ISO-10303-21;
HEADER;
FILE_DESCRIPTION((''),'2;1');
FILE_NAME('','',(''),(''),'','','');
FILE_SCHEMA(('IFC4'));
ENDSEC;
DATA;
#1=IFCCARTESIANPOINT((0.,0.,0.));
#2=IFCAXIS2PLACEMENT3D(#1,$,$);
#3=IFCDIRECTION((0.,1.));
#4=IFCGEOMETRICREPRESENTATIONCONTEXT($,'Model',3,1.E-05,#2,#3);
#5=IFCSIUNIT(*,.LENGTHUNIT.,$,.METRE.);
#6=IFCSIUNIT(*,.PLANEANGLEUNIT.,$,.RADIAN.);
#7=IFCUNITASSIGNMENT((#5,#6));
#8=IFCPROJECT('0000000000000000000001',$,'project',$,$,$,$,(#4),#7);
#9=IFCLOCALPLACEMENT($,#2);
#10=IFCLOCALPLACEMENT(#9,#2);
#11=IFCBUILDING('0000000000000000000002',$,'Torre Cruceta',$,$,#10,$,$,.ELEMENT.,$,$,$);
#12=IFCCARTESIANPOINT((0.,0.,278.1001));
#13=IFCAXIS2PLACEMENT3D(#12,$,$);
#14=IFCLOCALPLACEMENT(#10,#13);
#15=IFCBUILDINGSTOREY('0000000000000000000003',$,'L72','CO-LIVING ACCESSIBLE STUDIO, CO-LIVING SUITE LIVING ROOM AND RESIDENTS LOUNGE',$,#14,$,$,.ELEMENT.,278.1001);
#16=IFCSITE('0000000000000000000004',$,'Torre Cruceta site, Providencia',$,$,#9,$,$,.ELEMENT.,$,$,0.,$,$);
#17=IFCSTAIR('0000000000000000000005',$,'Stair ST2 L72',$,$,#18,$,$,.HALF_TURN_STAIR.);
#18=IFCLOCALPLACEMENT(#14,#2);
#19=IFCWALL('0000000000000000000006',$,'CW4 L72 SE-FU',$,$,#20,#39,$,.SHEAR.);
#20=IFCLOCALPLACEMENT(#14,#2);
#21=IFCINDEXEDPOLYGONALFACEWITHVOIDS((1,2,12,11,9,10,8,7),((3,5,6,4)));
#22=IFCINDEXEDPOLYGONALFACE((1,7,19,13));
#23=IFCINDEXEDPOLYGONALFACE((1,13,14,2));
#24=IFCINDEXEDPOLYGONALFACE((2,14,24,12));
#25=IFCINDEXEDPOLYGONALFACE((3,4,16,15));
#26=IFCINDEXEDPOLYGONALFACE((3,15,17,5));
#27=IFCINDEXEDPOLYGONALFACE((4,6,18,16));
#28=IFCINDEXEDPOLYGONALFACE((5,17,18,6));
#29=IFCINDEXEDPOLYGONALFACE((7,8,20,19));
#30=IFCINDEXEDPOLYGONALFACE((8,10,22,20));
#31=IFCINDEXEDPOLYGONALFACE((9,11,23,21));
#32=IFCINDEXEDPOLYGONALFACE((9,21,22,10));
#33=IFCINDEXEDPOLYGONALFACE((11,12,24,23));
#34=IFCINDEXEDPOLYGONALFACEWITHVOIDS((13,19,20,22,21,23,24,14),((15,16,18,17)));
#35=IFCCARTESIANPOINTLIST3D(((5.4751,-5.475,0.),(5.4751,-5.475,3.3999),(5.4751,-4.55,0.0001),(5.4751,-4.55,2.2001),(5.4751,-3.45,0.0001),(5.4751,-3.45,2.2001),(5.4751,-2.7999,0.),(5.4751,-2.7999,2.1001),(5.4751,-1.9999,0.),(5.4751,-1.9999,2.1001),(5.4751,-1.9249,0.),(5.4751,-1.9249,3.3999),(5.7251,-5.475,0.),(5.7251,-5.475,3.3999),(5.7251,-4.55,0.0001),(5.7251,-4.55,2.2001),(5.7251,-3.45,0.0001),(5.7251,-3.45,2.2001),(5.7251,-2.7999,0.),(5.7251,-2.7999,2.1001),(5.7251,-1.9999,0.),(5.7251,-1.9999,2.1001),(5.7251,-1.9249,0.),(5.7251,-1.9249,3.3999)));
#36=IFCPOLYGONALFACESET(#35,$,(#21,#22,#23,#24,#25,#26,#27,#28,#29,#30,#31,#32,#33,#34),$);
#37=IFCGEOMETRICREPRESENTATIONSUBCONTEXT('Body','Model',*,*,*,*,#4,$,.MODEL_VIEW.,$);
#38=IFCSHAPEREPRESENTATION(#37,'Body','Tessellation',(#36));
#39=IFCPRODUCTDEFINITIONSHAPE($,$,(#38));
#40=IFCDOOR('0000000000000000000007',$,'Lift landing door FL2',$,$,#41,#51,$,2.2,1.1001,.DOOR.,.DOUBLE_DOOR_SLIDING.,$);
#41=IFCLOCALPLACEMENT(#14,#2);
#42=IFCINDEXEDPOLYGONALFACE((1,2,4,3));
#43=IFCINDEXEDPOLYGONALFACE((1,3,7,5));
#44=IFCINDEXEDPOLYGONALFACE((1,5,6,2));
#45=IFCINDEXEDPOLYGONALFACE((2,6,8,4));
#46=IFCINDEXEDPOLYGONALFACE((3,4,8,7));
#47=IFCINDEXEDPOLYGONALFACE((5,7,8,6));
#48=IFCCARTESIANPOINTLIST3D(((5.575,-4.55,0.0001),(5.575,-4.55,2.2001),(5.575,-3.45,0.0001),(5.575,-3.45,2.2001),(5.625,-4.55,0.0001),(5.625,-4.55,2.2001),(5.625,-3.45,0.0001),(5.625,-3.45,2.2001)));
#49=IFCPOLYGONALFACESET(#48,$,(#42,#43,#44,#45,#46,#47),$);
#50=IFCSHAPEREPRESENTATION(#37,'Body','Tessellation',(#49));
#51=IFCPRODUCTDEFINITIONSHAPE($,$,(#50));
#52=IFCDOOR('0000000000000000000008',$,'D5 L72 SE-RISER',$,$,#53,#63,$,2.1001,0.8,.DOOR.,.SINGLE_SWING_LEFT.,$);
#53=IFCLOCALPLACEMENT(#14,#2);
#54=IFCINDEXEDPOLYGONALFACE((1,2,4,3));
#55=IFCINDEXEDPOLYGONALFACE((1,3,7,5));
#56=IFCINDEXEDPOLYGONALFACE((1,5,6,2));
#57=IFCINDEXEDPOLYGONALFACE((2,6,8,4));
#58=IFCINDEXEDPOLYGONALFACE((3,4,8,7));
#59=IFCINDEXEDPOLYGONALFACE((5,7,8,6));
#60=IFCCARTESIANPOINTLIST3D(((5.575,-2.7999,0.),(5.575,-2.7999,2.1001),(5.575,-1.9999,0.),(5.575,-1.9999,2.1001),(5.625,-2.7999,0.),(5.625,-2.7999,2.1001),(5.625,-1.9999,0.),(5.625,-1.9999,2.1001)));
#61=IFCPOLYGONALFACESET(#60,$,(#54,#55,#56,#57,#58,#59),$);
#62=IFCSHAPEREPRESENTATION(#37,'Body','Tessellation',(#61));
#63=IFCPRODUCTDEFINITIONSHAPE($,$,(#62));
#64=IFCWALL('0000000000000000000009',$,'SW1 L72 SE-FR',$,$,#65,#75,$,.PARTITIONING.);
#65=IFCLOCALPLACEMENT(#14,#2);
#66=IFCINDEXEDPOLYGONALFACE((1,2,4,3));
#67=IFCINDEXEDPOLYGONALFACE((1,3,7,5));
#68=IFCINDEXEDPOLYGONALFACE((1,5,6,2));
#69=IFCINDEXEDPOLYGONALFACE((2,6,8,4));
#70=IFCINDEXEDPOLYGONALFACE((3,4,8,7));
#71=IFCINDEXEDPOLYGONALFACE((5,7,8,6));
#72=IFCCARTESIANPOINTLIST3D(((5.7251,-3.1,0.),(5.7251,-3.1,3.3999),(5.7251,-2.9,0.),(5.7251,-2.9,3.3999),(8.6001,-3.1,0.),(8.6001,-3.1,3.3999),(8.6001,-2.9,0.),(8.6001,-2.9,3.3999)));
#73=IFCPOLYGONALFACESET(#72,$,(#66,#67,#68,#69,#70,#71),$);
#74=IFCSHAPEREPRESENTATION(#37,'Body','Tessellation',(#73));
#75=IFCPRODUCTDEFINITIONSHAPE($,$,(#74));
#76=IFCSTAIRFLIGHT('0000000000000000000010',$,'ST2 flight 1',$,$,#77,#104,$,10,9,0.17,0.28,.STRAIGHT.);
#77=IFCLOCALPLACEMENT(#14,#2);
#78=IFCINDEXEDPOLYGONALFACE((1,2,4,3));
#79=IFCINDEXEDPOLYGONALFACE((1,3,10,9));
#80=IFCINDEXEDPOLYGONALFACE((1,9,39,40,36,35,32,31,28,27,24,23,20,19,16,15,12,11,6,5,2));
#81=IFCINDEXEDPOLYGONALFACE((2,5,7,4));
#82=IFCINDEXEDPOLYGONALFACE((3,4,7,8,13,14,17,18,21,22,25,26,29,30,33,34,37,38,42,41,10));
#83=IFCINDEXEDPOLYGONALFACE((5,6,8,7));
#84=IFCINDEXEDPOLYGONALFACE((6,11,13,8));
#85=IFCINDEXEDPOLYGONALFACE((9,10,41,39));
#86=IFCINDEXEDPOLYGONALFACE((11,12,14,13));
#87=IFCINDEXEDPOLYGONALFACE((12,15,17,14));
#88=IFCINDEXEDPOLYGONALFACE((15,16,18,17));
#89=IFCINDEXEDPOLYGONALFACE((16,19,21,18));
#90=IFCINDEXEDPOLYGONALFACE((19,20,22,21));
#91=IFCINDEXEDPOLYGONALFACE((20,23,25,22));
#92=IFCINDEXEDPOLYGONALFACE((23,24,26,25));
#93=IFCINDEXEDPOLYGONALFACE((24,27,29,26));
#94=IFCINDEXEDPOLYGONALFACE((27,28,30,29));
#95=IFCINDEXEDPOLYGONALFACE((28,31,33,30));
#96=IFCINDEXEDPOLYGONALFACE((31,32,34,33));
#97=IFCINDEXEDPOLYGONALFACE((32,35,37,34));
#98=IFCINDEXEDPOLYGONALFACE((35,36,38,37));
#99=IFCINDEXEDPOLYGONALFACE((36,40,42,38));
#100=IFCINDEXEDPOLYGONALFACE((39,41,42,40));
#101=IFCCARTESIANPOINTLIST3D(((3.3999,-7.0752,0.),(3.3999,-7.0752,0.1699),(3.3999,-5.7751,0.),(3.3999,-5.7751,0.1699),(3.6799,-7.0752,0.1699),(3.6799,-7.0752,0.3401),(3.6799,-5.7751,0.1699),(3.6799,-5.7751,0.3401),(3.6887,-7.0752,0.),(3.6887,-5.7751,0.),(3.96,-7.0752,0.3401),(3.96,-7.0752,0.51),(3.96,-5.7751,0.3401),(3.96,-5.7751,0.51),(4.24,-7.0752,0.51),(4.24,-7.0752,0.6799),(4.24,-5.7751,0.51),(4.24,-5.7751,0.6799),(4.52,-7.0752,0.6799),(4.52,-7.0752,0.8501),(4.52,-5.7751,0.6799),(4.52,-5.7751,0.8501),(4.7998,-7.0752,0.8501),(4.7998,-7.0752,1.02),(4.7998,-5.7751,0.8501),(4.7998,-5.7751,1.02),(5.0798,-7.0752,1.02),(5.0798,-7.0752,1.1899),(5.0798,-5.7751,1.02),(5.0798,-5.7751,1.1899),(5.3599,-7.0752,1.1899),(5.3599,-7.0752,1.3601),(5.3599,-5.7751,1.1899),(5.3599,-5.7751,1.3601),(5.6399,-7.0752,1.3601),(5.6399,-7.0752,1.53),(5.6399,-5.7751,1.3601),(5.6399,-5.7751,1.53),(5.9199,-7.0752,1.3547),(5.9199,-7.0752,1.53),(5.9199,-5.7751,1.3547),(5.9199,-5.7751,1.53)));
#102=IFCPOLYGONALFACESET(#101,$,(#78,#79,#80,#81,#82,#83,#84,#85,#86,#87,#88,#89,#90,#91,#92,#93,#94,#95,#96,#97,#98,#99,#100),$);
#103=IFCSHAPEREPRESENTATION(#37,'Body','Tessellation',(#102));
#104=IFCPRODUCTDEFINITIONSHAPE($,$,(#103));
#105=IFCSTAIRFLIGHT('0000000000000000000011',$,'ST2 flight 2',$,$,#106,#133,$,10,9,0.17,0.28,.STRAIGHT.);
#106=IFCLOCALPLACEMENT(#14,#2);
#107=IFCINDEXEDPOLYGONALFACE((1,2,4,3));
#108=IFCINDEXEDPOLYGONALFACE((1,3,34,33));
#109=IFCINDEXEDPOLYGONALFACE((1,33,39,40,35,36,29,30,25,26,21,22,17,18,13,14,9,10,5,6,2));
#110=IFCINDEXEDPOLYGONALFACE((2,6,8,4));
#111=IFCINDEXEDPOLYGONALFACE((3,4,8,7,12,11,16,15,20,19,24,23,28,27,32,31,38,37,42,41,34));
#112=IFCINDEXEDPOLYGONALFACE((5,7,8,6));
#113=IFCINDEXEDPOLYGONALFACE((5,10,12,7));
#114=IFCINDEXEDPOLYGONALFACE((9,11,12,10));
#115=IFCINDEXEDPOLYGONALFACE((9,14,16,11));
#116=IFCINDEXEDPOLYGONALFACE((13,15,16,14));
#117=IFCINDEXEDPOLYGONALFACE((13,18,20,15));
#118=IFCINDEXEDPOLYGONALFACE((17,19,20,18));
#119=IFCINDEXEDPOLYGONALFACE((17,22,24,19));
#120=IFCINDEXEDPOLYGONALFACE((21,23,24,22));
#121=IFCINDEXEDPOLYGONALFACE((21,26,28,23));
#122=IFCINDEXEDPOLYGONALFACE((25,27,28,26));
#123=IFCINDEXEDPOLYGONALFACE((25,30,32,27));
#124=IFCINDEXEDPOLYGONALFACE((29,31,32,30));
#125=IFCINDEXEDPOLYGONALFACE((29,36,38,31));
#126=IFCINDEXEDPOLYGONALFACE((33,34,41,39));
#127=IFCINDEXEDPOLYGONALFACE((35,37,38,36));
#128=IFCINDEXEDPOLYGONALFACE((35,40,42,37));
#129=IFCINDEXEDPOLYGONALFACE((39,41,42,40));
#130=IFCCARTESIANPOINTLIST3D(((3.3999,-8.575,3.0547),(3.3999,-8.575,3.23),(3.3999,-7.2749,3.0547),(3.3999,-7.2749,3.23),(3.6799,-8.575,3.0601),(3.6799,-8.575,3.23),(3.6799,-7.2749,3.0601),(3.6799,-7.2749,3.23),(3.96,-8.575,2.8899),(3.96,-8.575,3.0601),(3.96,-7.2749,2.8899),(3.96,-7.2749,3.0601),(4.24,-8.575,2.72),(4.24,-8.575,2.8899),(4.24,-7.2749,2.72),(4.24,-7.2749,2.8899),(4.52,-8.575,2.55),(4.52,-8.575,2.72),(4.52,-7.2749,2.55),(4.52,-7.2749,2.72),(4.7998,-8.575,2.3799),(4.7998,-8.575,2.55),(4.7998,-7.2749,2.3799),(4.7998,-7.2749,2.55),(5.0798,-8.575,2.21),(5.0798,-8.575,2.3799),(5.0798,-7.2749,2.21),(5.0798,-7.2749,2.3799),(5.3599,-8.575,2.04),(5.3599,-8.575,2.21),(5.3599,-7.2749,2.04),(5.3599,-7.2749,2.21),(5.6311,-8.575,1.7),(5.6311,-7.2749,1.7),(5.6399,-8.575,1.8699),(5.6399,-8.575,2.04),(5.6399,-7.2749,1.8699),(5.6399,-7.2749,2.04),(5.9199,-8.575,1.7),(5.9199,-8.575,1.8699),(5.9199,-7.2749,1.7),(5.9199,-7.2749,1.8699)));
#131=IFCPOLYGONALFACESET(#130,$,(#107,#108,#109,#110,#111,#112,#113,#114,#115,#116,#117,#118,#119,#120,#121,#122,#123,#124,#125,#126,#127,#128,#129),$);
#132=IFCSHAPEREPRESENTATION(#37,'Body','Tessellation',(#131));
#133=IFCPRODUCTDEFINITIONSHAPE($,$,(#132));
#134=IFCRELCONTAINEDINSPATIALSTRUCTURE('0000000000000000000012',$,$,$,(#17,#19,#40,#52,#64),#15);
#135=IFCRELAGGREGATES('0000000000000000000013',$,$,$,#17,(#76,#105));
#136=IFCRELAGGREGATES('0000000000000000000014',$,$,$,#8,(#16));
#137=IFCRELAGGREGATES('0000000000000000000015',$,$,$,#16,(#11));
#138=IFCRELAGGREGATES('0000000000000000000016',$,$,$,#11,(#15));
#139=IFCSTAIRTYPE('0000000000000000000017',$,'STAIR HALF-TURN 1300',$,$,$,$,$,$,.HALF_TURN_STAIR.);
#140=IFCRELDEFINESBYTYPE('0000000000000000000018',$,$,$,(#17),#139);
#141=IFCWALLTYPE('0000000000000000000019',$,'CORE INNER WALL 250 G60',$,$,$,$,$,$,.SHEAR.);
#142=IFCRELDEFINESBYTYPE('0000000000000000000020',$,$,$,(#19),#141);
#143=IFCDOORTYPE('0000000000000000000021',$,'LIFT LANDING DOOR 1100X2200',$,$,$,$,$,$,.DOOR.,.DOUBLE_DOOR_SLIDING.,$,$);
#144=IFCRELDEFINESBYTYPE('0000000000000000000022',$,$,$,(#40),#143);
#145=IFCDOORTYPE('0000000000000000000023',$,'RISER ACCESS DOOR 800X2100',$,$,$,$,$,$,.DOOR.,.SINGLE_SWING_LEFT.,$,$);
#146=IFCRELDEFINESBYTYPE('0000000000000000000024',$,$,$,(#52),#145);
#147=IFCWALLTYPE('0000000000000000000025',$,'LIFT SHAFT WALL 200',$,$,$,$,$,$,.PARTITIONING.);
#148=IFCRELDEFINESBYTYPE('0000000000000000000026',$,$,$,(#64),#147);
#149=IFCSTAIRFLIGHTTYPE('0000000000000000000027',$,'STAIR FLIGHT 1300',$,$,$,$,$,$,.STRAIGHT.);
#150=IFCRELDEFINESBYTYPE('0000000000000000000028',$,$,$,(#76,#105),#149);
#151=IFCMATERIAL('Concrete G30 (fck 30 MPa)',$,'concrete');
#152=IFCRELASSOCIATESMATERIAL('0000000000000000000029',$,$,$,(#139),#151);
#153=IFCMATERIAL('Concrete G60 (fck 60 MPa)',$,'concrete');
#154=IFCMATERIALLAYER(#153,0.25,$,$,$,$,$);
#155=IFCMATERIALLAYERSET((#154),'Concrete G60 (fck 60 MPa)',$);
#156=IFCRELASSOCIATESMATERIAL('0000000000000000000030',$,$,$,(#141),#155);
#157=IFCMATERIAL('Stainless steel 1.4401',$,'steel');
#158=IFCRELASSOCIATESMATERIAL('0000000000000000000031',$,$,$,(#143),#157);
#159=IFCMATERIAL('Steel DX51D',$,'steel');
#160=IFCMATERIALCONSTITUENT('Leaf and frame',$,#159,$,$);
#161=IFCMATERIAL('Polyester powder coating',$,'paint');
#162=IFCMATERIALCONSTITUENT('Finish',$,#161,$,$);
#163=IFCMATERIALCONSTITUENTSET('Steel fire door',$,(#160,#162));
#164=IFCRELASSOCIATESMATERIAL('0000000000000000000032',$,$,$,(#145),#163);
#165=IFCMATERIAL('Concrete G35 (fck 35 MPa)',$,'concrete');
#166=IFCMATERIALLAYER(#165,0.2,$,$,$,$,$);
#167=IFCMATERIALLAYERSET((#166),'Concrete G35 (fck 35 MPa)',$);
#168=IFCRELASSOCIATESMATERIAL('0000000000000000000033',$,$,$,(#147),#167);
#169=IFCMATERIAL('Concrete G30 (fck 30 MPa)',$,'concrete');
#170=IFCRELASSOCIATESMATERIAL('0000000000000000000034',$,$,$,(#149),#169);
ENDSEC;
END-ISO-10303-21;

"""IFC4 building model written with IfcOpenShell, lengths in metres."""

from ifc_helpers import new_model, si_unit, direction, frame, frame_2d, origin, place, context, subcontext, project, spatial, polyline, rectangle, outline, extrude, material, layer, layer_set, constituent, constituent_set, type_object, element, fill, aggregate, save


model = new_model("IFC4")

# Units and contexts
model_context = context("Model", 3, precision=1e-05, world=origin(), true_north=direction((0.0, 1.0)))
body_context = subcontext(model_context, "Body", "Model", "MODEL_VIEW")
ifc_project = project(units=[si_unit("LENGTHUNIT", "METRE"), si_unit("PLANEANGLEUNIT", "RADIAN")], contexts=[model_context])

# Site, building, storey
site_placement = place(None, origin())
site = spatial("IfcSite", under=ifc_project, at=site_placement, Name="Torre Cruceta site, Providencia", CompositionType="ELEMENT", RefElevation=0.0)
building_placement = place(site_placement, origin())
building = spatial("IfcBuilding", under=site, at=building_placement, Name="Torre Cruceta", CompositionType="ELEMENT")
storey_placement = place(building_placement, frame((0.0, 0.0, 278.1001)))
storey = spatial("IfcBuildingStorey", under=building, at=storey_placement, Name="L72", Description="CO-LIVING ACCESSIBLE STUDIO, CO-LIVING SUITE LIVING ROOM AND RESIDENTS LOUNGE", CompositionType="ELEMENT", Elevation=278.1001)

# Stair
ifc_material_1 = material(Name="Concrete G30 (fck 30 MPa)", Category="concrete")
stair_type = type_object("IfcStairType", Name="STAIR HALF-TURN 1300", PredefinedType="HALF_TURN_STAIR", material=ifc_material_1)
stair_placement = place(storey_placement, origin())
stair = element("IfcStair", 1, at=stair_placement, inside=storey, type_object=stair_type, Name="Stair ST2 L72", PredefinedType="HALF_TURN_STAIR")

# Shared definitions
ifc_material_2 = material(Name="Concrete G60 (fck 60 MPa)", Category="concrete")
ifc_layer_1 = layer(ifc_material_2, 0.25)
ifc_layer_set_1 = layer_set([ifc_layer_1], Name="Concrete G60 (fck 60 MPa)")
wall_type_1 = type_object("IfcWallType", Name="CORE INNER WALL 250 G60", PredefinedType="SHEAR", material=ifc_layer_set_1)

# Wall, openings, doors
wall_1_placement = place(storey_placement, frame((5.6001, -1.925, 0.0), z_axis=(0.0, 0.0, 1.0), x_axis=(0.0, -1.0, 0.0)))
wall_1 = element("IfcWall", 2, at=wall_1_placement, inside=storey, type_object=wall_type_1, Name="CW4 L72 SE-FU", PredefinedType="SHEAR", context=body_context, shape_type="SweptSolid", body=[
    extrude(rectangle(XDim=3.55, YDim=0.25, at=frame_2d((1.7749, 0.0))), origin(), (0.0, 0.0, 1.0), 3.3999),
])
opening_1_placement = place(wall_1_placement, frame((1.5249, 0.0, 0.0)))
opening_1 = element("IfcOpeningElement", 3, at=opening_1_placement, cuts=wall_1, PredefinedType="OPENING", context=body_context, shape_type="SweptSolid", body=[
    extrude(rectangle(XDim=1.1001, YDim=2.2, at=frame_2d((0.55, 1.1001))), frame((0.0, 0.135, 0.0), z_axis=(0.0, -1.0, 0.0), x_axis=(1.0, 0.0, 0.0)), (0.0, 0.0, 1.0), 0.27),
])
opening_2_placement = place(wall_1_placement, frame((0.075, 0.0, 0.0)))
opening_2 = element("IfcOpeningElement", 4, at=opening_2_placement, cuts=wall_1, PredefinedType="OPENING", context=body_context, shape_type="SweptSolid", body=[
    extrude(rectangle(XDim=0.8, YDim=2.1001, at=frame_2d((0.3999, 1.05))), frame((0.0, 0.135, 0.0), z_axis=(0.0, -1.0, 0.0), x_axis=(1.0, 0.0, 0.0)), (0.0, 0.0, 1.0), 0.27),
])
ifc_material_3 = material(Name="Stainless steel 1.4401", Category="steel")
door_type_1 = type_object("IfcDoorType", Name="LIFT LANDING DOOR 1100X2200", OperationType="DOUBLE_DOOR_SLIDING", PredefinedType="DOOR", material=ifc_material_3)
door_1_placement = place(opening_1_placement, origin())
door_1 = element("IfcDoor", 5, at=door_1_placement, inside=storey, type_object=door_type_1, Name="Lift landing door FL2", OperationType="DOUBLE_DOOR_SLIDING", OverallHeight=2.2, OverallWidth=1.1001, PredefinedType="DOOR", context=body_context, shape_type="SweptSolid", body=[
    extrude(rectangle(XDim=1.1001, YDim=2.2, at=frame_2d((0.55, 1.1001))), frame((0.0, 0.0249, 0.0), z_axis=(0.0, -1.0, 0.0), x_axis=(1.0, 0.0, 0.0)), (0.0, 0.0, 1.0), 0.05),
])
fill(opening_1, door_1)
ifc_material_4 = material(Name="Steel DX51D", Category="steel")
ifc_constituent_1 = constituent(ifc_material_4, Name="Leaf and frame")
ifc_material_5 = material(Name="Polyester powder coating", Category="paint")
ifc_constituent_2 = constituent(ifc_material_5, Name="Finish")
ifc_constituent_set_1 = constituent_set(constituents=[ifc_constituent_1, ifc_constituent_2], Name="Steel fire door")
door_type_2 = type_object("IfcDoorType", Name="RISER ACCESS DOOR 800X2100", OperationType="SINGLE_SWING_LEFT", PredefinedType="DOOR", material=ifc_constituent_set_1)
door_2_placement = place(opening_2_placement, origin())
door_2 = element("IfcDoor", 6, at=door_2_placement, inside=storey, type_object=door_type_2, Name="D5 L72 SE-RISER", OperationType="SINGLE_SWING_LEFT", OverallHeight=2.1001, OverallWidth=0.8, PredefinedType="DOOR", context=body_context, shape_type="SweptSolid", body=[
    extrude(rectangle(XDim=0.8, YDim=2.1001, at=frame_2d((0.3999, 1.05))), frame((0.0, 0.0249, 0.0), z_axis=(0.0, -1.0, 0.0), x_axis=(1.0, 0.0, 0.0)), (0.0, 0.0, 1.0), 0.05),
])
fill(opening_2, door_2)

# Wall
ifc_material_6 = material(Name="Concrete G35 (fck 35 MPa)", Category="concrete")
ifc_layer_2 = layer(ifc_material_6, 0.2)
ifc_layer_set_2 = layer_set([ifc_layer_2], Name="Concrete G35 (fck 35 MPa)")
wall_type_2 = type_object("IfcWallType", Name="LIFT SHAFT WALL 200", PredefinedType="PARTITIONING", material=ifc_layer_set_2)
wall_2_placement = place(storey_placement, frame((5.7251, -3.0, 0.0), z_axis=(0.0, 0.0, 1.0), x_axis=(1.0, 0.0, 0.0)))
element("IfcWall", 7, at=wall_2_placement, inside=storey, type_object=wall_type_2, Name="SW1 L72 SE-FR", PredefinedType="PARTITIONING", context=body_context, shape_type="SweptSolid", body=[
    extrude(rectangle(XDim=2.875, YDim=0.2, at=frame_2d((1.4375, 0.0))), origin(), (0.0, 0.0, 1.0), 3.3999),
])

# Stair flights
ifc_material_7 = material(Name="Concrete G30 (fck 30 MPa)", Category="concrete")
stair_flight_type = type_object("IfcStairFlightType", Name="STAIR FLIGHT 1300", PredefinedType="STRAIGHT", material=ifc_material_7)
stair_flight_1_placement = place(storey_placement, frame((3.3999, -6.425, 0.0), z_axis=(0.0, 0.0, 1.0), x_axis=(1.0, 0.0, 0.0)))
stair_flight_1 = element("IfcStairFlight", 8, at=stair_flight_1_placement, type_object=stair_flight_type, Name="ST2 flight 1", NumberOfRisers=10, NumberOfTreads=9, PredefinedType="STRAIGHT", RiserHeight=0.17, TreadLength=0.28, context=body_context, shape_type="SweptSolid", body=[
    extrude(outline(polyline([(0.0, 0.0), (0.0, 0.1699), (0.28, 0.1699), (0.28, 0.3401), (0.5601, 0.3401), (0.5601, 0.51), (0.8401, 0.51), (0.8401, 0.6799), (1.1201, 0.6799), (1.1201, 0.8501), (1.3999, 0.8501), (1.3999, 1.02), (1.6799, 1.02), (1.6799, 1.1899), (1.96, 1.1899), (1.96, 1.3601), (2.24, 1.3601), (2.24, 1.53), (2.52, 1.53), (2.52, 1.7), (2.52, 1.3547), (0.2888, 0.0), (0.0, 0.0)])), frame((0.0, 0.6499, 0.0), z_axis=(0.0, -1.0, 0.0), x_axis=(1.0, 0.0, 0.0)), (0.0, 0.0, 1.0), 1.3),
])
stair_flight_2_placement = place(storey_placement, frame((5.9199, -7.925, 1.7), z_axis=(0.0, 0.0, 1.0), x_axis=(-1.0, 0.0, 0.0)))
stair_flight_2 = element("IfcStairFlight", 9, at=stair_flight_2_placement, type_object=stair_flight_type, Name="ST2 flight 2", NumberOfRisers=10, NumberOfTreads=9, PredefinedType="STRAIGHT", RiserHeight=0.17, TreadLength=0.28, context=body_context, shape_type="SweptSolid", body=[
    extrude(outline(polyline([(0.0, 0.0), (0.0, 0.1699), (0.28, 0.1699), (0.28, 0.3401), (0.5601, 0.3401), (0.5601, 0.51), (0.8401, 0.51), (0.8401, 0.6799), (1.1201, 0.6799), (1.1201, 0.8501), (1.3999, 0.8501), (1.3999, 1.02), (1.6799, 1.02), (1.6799, 1.1899), (1.96, 1.1899), (1.96, 1.3601), (2.24, 1.3601), (2.24, 1.53), (2.52, 1.53), (2.52, 1.7), (2.52, 1.3547), (0.2888, 0.0), (0.0, 0.0)])), frame((0.0, 0.6499, 0.0), z_axis=(0.0, -1.0, 0.0), x_axis=(1.0, 0.0, 0.0)), (0.0, 0.0, 1.0), 1.3),
])
aggregate(stair, [stair_flight_1, stair_flight_2])

save(model, "model.ifc")
